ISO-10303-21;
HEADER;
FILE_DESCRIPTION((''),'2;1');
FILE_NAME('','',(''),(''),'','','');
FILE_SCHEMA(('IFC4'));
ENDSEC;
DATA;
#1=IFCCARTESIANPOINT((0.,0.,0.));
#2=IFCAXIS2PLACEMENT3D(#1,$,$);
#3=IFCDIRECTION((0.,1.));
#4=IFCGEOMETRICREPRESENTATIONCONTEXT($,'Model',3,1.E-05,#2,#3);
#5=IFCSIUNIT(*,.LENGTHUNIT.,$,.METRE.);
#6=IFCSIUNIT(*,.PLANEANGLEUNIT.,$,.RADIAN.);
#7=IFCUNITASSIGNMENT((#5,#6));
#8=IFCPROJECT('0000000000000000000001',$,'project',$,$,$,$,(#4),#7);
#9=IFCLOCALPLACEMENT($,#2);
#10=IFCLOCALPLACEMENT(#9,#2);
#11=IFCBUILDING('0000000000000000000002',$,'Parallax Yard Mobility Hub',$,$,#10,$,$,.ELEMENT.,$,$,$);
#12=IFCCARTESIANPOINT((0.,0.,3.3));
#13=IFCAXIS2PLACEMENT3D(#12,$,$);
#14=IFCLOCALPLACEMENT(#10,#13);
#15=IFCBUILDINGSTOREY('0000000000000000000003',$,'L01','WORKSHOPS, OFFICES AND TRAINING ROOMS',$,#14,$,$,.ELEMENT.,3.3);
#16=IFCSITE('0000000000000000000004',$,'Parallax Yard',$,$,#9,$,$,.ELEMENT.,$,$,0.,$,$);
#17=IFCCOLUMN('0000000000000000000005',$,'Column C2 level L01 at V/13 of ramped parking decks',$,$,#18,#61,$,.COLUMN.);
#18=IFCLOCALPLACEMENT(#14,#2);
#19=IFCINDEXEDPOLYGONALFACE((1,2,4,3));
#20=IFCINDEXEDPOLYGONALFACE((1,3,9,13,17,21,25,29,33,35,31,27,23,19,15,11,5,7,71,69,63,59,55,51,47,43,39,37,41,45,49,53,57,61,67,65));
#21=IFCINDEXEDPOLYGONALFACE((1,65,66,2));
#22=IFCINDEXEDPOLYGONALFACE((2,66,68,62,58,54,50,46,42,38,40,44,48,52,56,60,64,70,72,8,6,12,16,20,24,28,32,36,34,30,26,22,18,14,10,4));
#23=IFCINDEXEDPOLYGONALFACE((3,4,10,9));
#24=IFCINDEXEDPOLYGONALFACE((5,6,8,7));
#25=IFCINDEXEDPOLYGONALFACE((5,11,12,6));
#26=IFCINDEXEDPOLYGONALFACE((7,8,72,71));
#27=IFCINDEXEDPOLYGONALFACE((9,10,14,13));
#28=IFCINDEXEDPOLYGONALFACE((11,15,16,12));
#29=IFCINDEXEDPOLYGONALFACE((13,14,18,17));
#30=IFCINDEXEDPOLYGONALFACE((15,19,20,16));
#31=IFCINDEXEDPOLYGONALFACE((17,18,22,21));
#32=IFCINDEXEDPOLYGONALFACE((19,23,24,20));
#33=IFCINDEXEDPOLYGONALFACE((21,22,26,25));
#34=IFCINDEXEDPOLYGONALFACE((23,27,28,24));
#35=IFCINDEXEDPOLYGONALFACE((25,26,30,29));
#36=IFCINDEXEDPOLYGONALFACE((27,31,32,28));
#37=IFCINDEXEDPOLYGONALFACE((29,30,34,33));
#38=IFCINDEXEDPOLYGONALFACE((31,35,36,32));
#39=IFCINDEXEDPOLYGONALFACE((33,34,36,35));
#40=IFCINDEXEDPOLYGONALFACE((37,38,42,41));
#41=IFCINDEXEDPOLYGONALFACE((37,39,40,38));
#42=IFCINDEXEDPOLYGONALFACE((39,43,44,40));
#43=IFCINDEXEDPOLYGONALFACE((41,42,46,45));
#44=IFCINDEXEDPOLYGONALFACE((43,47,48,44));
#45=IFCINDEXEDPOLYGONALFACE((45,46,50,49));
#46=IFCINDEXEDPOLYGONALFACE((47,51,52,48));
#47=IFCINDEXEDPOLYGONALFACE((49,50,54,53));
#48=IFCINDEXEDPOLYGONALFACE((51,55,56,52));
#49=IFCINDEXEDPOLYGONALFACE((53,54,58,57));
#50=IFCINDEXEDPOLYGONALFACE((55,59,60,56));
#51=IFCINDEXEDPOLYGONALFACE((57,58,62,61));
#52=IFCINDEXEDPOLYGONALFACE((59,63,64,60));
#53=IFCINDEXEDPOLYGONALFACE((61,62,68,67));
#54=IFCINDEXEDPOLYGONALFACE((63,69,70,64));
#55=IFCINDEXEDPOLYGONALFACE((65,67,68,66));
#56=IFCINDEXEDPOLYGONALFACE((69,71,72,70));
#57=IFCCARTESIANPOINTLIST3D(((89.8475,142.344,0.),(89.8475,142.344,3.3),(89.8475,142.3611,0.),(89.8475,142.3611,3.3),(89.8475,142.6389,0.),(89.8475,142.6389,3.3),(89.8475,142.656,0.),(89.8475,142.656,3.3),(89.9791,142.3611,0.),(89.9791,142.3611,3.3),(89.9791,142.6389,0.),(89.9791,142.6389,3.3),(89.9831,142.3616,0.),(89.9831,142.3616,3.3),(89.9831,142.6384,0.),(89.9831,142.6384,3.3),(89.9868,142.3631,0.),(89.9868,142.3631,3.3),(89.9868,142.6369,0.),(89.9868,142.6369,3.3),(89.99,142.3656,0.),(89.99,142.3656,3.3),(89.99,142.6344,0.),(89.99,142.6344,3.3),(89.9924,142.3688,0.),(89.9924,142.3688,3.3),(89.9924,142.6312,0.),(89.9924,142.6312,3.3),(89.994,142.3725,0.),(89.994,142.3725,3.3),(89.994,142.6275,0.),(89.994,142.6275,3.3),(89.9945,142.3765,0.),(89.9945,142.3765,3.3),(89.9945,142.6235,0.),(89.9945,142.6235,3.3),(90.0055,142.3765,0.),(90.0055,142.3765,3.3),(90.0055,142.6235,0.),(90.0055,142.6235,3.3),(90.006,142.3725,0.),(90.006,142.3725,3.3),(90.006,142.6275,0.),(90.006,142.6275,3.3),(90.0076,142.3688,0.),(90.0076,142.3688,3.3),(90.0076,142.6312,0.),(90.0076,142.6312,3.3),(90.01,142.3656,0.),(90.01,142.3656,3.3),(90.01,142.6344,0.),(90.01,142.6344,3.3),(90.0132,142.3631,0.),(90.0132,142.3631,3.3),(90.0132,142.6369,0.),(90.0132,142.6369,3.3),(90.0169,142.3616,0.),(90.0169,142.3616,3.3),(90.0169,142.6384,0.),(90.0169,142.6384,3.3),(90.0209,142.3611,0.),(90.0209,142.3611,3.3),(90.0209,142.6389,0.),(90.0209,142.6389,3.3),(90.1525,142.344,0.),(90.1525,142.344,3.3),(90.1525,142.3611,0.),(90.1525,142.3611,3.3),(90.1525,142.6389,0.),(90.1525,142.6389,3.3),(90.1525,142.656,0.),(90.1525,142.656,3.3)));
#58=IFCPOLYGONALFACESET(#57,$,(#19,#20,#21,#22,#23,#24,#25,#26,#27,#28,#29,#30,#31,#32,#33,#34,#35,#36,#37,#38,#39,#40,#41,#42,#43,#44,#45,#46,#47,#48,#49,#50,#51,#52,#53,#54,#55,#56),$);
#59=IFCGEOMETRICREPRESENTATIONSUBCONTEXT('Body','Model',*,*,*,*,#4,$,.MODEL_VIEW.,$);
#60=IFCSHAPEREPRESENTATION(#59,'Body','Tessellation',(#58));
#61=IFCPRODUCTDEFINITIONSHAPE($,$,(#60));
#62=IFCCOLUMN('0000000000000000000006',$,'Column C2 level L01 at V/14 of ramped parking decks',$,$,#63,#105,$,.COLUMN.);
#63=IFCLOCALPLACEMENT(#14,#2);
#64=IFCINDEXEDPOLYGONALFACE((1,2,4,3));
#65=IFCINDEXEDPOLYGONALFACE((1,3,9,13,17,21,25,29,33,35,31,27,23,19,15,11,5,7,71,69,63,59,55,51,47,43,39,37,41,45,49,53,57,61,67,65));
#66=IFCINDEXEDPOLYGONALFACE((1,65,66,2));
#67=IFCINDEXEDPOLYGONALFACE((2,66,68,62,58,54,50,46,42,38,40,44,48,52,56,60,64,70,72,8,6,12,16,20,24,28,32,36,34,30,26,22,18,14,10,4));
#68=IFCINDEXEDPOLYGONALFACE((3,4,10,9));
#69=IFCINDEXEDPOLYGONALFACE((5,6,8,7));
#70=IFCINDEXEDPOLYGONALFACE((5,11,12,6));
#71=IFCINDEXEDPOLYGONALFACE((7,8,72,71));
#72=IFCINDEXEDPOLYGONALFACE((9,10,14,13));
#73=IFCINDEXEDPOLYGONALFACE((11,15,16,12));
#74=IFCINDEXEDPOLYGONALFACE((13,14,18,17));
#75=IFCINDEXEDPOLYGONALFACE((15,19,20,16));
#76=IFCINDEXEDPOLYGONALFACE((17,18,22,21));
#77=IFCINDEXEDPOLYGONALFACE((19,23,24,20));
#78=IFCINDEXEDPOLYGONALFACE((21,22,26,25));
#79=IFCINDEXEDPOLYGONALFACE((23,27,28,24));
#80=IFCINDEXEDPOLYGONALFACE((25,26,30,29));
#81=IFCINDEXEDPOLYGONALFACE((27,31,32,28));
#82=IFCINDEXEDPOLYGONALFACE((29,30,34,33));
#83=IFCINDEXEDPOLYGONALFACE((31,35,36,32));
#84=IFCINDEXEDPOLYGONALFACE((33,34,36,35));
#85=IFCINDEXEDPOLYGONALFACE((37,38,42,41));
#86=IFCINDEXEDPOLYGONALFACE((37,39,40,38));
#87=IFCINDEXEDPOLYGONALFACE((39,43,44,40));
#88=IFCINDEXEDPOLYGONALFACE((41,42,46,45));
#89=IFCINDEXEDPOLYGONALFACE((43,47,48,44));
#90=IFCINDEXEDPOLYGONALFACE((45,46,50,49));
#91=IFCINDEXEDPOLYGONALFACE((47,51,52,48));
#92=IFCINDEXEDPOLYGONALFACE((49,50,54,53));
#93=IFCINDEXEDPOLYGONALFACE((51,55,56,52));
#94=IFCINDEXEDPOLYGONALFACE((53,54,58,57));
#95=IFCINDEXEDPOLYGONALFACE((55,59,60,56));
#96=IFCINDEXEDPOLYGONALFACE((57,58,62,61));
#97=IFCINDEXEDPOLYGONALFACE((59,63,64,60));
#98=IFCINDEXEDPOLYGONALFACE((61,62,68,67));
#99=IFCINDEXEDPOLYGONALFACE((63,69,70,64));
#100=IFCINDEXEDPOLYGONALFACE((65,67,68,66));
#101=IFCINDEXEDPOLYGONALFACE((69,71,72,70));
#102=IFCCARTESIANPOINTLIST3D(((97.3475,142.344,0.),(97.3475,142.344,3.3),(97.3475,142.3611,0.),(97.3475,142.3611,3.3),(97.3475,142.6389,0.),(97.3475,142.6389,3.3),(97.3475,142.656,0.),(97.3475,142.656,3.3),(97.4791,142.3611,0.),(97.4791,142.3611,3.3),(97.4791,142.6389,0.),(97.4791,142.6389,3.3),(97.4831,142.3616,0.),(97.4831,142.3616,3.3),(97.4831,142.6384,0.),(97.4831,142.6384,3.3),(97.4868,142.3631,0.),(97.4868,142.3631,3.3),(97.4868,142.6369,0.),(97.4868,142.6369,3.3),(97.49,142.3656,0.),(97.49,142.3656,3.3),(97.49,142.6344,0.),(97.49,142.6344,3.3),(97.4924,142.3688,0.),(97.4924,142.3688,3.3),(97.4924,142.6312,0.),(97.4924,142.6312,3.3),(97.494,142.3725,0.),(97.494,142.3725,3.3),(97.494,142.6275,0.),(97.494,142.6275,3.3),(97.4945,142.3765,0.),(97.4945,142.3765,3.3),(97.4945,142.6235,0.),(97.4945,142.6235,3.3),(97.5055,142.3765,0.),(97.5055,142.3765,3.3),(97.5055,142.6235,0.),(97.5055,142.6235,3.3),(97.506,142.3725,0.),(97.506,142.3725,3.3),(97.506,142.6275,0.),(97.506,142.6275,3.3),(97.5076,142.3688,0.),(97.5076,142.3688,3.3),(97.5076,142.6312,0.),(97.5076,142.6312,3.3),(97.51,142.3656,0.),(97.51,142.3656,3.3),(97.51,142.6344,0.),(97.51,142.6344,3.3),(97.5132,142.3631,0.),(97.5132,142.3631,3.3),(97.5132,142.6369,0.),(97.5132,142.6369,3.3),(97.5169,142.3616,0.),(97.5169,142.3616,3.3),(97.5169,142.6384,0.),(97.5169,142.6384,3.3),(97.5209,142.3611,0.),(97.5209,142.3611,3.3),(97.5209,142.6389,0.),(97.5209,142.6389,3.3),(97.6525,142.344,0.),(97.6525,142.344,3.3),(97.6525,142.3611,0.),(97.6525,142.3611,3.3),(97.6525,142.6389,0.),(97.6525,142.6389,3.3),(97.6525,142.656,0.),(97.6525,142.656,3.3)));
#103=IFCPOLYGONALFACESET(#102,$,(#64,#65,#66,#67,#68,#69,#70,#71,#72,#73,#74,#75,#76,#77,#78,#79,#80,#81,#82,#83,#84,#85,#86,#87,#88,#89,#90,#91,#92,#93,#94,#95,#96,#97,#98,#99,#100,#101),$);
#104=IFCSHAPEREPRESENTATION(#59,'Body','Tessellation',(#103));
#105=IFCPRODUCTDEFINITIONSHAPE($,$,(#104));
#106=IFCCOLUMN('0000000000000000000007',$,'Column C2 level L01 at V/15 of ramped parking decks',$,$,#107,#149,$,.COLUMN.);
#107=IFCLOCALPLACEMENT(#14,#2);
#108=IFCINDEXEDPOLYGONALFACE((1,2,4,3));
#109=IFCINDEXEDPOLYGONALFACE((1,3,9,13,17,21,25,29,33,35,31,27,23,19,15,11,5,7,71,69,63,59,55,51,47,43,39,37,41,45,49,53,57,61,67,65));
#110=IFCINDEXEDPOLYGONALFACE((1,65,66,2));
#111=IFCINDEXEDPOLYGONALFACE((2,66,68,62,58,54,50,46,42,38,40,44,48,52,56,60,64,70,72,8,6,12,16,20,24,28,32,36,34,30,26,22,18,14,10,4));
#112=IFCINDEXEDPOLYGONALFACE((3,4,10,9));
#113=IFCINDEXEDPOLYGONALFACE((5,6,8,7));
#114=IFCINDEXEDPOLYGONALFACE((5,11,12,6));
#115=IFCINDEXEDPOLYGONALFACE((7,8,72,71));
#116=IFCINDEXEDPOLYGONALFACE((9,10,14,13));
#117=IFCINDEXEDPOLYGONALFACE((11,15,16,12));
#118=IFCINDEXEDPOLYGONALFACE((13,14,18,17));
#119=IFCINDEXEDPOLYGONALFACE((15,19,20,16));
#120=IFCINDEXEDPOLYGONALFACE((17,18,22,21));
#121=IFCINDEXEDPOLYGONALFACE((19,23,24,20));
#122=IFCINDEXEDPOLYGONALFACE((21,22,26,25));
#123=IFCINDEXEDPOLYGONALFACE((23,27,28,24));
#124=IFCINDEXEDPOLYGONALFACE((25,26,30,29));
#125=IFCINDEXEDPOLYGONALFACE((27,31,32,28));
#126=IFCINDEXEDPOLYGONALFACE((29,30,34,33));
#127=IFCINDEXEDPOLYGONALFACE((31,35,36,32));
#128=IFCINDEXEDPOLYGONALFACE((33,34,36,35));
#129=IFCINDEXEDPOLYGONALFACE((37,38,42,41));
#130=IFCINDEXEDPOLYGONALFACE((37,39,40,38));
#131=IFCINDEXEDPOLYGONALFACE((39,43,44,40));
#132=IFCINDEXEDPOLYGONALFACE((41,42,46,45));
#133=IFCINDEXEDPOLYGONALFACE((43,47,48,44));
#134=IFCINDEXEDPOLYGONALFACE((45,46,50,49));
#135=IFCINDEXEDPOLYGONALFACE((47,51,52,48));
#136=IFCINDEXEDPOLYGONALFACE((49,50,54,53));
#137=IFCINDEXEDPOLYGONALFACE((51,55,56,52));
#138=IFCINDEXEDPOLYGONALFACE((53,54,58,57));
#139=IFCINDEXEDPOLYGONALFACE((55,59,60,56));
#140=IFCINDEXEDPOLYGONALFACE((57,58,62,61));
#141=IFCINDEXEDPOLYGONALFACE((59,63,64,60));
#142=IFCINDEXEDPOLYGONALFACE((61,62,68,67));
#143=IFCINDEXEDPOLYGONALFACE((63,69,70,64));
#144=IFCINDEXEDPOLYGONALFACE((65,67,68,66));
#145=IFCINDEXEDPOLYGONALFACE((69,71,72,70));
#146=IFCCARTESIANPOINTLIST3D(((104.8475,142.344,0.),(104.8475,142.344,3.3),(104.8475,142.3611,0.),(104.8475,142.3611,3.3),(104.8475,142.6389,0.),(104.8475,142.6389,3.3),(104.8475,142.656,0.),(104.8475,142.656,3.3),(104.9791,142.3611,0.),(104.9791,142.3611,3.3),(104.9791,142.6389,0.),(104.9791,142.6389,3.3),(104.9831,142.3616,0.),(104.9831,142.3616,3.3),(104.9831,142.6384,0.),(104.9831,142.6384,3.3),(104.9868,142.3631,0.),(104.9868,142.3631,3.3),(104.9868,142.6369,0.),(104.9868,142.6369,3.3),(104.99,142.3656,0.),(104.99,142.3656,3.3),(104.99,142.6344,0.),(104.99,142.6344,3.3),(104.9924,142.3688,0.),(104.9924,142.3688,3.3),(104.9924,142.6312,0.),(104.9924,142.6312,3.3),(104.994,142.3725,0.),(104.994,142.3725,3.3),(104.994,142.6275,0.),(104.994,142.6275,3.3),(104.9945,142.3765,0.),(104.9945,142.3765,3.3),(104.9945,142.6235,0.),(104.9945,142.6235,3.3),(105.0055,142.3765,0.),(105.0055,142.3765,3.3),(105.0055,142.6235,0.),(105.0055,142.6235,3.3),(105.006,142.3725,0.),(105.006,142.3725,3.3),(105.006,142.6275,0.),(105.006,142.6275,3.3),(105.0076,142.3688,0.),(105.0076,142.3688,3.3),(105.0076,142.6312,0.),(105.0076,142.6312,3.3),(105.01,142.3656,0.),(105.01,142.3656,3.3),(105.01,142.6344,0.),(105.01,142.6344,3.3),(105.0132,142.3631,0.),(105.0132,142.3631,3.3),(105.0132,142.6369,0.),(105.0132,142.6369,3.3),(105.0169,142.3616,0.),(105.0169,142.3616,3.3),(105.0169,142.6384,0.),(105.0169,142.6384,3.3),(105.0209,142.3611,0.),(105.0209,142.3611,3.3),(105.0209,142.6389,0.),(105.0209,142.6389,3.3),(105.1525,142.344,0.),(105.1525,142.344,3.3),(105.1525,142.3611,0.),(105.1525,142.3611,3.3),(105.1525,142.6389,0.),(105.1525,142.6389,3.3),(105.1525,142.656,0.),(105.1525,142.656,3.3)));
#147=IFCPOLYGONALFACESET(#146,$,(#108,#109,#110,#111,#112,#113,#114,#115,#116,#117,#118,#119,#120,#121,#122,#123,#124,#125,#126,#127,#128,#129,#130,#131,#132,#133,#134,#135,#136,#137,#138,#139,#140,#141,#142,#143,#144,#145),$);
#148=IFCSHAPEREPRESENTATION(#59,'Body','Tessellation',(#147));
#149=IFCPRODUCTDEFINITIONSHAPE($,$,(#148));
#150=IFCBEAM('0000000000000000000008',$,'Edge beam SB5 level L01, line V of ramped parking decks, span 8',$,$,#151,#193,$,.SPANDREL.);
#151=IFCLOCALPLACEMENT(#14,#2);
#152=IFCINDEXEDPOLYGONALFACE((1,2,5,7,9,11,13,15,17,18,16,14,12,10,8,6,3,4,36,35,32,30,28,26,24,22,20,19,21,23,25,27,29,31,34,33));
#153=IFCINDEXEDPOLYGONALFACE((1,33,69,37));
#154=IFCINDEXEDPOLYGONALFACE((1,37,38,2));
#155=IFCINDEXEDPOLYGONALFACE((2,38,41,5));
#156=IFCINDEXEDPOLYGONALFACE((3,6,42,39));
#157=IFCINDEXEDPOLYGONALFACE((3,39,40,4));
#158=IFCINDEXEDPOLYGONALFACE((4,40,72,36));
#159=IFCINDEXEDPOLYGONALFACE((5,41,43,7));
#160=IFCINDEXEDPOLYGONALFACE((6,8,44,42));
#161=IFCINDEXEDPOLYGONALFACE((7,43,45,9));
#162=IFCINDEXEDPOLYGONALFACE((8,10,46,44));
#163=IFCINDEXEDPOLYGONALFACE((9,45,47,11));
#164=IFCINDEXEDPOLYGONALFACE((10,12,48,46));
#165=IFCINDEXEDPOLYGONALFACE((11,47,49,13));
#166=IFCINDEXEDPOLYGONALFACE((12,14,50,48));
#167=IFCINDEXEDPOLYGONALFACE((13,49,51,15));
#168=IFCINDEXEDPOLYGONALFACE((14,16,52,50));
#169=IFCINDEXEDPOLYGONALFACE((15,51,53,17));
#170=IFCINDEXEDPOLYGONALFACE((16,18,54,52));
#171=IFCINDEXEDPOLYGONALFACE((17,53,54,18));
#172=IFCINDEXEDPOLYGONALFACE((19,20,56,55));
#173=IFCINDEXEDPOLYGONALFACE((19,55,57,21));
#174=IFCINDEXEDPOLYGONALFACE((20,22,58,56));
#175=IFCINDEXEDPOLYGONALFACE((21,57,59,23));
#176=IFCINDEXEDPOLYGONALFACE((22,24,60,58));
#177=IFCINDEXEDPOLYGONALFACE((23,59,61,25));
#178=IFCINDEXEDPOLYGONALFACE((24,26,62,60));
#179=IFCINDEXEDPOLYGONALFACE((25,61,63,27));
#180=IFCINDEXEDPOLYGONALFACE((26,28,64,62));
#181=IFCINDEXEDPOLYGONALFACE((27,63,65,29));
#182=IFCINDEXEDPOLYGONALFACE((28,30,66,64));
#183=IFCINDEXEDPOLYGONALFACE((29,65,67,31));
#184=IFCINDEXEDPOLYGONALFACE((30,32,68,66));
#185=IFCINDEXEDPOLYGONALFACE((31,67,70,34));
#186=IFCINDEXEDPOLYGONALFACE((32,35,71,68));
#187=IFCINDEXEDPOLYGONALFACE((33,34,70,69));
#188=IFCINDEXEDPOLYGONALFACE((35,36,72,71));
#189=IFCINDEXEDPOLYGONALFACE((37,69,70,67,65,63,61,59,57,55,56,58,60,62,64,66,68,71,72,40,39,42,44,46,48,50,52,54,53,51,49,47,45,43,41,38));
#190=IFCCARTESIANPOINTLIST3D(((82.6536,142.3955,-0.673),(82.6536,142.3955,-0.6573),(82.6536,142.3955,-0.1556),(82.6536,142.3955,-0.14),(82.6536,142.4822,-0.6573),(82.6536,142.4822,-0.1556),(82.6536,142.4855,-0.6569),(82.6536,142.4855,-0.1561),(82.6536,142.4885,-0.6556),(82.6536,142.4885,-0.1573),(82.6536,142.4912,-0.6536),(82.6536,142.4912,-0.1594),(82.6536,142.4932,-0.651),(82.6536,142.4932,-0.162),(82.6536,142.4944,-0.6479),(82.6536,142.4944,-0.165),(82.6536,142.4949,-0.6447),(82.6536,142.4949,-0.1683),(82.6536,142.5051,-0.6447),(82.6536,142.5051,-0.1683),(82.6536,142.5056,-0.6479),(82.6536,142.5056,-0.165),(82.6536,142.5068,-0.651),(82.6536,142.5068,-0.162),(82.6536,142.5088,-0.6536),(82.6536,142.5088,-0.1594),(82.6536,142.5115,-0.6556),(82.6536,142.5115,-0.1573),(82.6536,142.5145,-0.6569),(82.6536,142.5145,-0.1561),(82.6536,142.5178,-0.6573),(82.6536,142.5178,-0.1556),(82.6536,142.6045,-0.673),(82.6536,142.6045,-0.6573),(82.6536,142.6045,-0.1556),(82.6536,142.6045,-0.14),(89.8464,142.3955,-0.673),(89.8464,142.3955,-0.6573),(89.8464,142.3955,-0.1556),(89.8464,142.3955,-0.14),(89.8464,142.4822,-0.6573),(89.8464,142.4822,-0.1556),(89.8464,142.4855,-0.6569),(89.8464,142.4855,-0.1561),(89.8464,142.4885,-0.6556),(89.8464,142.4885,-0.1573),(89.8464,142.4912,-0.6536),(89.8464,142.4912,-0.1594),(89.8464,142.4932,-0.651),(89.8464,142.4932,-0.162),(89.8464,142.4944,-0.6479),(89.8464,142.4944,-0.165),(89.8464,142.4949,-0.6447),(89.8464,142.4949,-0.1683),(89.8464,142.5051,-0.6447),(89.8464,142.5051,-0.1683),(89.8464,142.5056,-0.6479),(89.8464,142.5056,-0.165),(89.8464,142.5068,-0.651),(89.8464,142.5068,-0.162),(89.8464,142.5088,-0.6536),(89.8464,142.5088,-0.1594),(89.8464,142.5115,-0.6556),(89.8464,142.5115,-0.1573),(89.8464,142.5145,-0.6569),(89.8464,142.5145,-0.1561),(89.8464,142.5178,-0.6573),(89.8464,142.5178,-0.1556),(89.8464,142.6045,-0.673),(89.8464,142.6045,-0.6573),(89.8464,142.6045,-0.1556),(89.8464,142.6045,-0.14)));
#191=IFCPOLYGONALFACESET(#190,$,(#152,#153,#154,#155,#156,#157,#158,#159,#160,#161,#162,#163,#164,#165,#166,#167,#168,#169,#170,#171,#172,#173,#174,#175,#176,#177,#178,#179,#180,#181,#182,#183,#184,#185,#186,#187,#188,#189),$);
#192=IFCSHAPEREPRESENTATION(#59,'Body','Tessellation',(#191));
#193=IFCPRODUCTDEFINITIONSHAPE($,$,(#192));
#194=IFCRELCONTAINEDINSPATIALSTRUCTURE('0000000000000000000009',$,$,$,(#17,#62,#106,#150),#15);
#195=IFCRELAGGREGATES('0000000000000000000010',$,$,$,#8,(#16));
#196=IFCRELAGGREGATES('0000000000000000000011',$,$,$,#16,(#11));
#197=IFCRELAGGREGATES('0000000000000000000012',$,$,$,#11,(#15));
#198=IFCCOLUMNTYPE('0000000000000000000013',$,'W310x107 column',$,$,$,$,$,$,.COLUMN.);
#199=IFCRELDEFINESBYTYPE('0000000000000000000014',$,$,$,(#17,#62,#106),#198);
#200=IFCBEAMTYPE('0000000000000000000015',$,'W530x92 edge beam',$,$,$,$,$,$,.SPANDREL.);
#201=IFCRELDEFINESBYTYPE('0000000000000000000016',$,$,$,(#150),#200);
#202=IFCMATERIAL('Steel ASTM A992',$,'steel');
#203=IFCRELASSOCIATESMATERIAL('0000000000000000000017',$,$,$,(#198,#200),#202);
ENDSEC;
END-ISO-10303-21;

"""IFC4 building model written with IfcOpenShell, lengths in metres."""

from ifc_helpers import new_model, si_unit, direction, frame, origin, origin_2d, place, context, subcontext, project, spatial, i_section, extrude, material, material_profile, profile_set, type_object, element, save


model = new_model("IFC4")

# Units and contexts
model_context = context("Model", 3, precision=1e-05, world=origin(), true_north=direction((0.0, 1.0)))
body_context = subcontext(model_context, "Body", "Model", "MODEL_VIEW")
ifc_project = project(units=[si_unit("LENGTHUNIT", "METRE"), si_unit("PLANEANGLEUNIT", "RADIAN")], contexts=[model_context])

# Site, building, storey
site_placement = place(None, origin())
site = spatial("IfcSite", under=ifc_project, at=site_placement, Name="Parallax Yard", CompositionType="ELEMENT", RefElevation=0.0)
building_placement = place(site_placement, origin())
building = spatial("IfcBuilding", under=site, at=building_placement, Name="Parallax Yard Mobility Hub", CompositionType="ELEMENT")
storey_placement = place(building_placement, frame((0.0, 0.0, 3.3)))
storey = spatial("IfcBuildingStorey", under=building, at=storey_placement, Name="L01", Description="WORKSHOPS, OFFICES AND TRAINING ROOMS", CompositionType="ELEMENT", Elevation=3.3)

# Columns
ifc_material_1 = material(Name="Steel ASTM A992", Category="steel")
ifc_material_profile_1 = material_profile(ifc_material_1, i_section(OverallWidth=0.3049, OverallDepth=0.312, WebThickness=0.011, FlangeThickness=0.0171, FilletRadius=0.0154, at=origin_2d()), Name="W310x107")
ifc_profile_set_1 = profile_set([ifc_material_profile_1], Name="Steel ASTM A992")
column_type = type_object("IfcColumnType", Name="W310x107 column", PredefinedType="COLUMN", material=ifc_profile_set_1)
for number, where, z_axis, x_axis, name in (
    (1, (90.0, 142.5, 0.0), (0.0, 0.0, 1.0), (1.0, 0.0, 0.0), "Column C2 level L01 at V/13 of ramped parking decks"),
    (2, (97.5, 142.5, 0.0), (0.0, 0.0, 1.0), (1.0, 0.0, 0.0), "Column C2 level L01 at V/14 of ramped parking decks"),
    (3, (105.0, 142.5, 0.0), (0.0, 0.0, 1.0), (1.0, 0.0, 0.0), "Column C2 level L01 at V/15 of ramped parking decks"),
):
    element("IfcColumn", number, at=place(storey_placement, frame(where, z_axis=z_axis, x_axis=x_axis)), inside=storey, type_object=column_type, Name=name, PredefinedType="COLUMN", context=body_context, shape_type="SweptSolid", body=[
        extrude(i_section(OverallWidth=0.3049, OverallDepth=0.312, WebThickness=0.011, FlangeThickness=0.0171, FilletRadius=0.0154, at=origin_2d()), origin(), (0.0, 0.0, 1.0), 3.3),
    ])

# Beam
ifc_material_profile_2 = material_profile(ifc_material_1, i_section(OverallWidth=0.209, OverallDepth=0.533, WebThickness=0.0103, FlangeThickness=0.0156, FilletRadius=0.0127, at=origin_2d()), Name="W530x92")
ifc_profile_set_2 = profile_set([ifc_material_profile_2], Name="Steel ASTM A992")
beam_type_1 = type_object("IfcBeamType", Name="W530x92 edge beam", PredefinedType="SPANDREL", material=ifc_profile_set_2)
for number, where, z_axis, x_axis, name in (
    (4, (82.6536, 142.5, -0.4065), (1.0, 0.0, 0.0), (0.0, 1.0, 0.0), "Edge beam SB5 level L01, line V of ramped parking decks, span 8"),
):
    element("IfcBeam", number, at=place(storey_placement, frame(where, z_axis=z_axis, x_axis=x_axis)), inside=storey, type_object=beam_type_1, Name=name, PredefinedType="SPANDREL", context=body_context, shape_type="SweptSolid", body=[
        extrude(i_section(OverallWidth=0.209, OverallDepth=0.533, WebThickness=0.0103, FlangeThickness=0.0156, FilletRadius=0.0127, at=origin_2d()), origin(), (0.0, 0.0, 1.0), 7.1929),
    ])

save(model, "model.ifc")
